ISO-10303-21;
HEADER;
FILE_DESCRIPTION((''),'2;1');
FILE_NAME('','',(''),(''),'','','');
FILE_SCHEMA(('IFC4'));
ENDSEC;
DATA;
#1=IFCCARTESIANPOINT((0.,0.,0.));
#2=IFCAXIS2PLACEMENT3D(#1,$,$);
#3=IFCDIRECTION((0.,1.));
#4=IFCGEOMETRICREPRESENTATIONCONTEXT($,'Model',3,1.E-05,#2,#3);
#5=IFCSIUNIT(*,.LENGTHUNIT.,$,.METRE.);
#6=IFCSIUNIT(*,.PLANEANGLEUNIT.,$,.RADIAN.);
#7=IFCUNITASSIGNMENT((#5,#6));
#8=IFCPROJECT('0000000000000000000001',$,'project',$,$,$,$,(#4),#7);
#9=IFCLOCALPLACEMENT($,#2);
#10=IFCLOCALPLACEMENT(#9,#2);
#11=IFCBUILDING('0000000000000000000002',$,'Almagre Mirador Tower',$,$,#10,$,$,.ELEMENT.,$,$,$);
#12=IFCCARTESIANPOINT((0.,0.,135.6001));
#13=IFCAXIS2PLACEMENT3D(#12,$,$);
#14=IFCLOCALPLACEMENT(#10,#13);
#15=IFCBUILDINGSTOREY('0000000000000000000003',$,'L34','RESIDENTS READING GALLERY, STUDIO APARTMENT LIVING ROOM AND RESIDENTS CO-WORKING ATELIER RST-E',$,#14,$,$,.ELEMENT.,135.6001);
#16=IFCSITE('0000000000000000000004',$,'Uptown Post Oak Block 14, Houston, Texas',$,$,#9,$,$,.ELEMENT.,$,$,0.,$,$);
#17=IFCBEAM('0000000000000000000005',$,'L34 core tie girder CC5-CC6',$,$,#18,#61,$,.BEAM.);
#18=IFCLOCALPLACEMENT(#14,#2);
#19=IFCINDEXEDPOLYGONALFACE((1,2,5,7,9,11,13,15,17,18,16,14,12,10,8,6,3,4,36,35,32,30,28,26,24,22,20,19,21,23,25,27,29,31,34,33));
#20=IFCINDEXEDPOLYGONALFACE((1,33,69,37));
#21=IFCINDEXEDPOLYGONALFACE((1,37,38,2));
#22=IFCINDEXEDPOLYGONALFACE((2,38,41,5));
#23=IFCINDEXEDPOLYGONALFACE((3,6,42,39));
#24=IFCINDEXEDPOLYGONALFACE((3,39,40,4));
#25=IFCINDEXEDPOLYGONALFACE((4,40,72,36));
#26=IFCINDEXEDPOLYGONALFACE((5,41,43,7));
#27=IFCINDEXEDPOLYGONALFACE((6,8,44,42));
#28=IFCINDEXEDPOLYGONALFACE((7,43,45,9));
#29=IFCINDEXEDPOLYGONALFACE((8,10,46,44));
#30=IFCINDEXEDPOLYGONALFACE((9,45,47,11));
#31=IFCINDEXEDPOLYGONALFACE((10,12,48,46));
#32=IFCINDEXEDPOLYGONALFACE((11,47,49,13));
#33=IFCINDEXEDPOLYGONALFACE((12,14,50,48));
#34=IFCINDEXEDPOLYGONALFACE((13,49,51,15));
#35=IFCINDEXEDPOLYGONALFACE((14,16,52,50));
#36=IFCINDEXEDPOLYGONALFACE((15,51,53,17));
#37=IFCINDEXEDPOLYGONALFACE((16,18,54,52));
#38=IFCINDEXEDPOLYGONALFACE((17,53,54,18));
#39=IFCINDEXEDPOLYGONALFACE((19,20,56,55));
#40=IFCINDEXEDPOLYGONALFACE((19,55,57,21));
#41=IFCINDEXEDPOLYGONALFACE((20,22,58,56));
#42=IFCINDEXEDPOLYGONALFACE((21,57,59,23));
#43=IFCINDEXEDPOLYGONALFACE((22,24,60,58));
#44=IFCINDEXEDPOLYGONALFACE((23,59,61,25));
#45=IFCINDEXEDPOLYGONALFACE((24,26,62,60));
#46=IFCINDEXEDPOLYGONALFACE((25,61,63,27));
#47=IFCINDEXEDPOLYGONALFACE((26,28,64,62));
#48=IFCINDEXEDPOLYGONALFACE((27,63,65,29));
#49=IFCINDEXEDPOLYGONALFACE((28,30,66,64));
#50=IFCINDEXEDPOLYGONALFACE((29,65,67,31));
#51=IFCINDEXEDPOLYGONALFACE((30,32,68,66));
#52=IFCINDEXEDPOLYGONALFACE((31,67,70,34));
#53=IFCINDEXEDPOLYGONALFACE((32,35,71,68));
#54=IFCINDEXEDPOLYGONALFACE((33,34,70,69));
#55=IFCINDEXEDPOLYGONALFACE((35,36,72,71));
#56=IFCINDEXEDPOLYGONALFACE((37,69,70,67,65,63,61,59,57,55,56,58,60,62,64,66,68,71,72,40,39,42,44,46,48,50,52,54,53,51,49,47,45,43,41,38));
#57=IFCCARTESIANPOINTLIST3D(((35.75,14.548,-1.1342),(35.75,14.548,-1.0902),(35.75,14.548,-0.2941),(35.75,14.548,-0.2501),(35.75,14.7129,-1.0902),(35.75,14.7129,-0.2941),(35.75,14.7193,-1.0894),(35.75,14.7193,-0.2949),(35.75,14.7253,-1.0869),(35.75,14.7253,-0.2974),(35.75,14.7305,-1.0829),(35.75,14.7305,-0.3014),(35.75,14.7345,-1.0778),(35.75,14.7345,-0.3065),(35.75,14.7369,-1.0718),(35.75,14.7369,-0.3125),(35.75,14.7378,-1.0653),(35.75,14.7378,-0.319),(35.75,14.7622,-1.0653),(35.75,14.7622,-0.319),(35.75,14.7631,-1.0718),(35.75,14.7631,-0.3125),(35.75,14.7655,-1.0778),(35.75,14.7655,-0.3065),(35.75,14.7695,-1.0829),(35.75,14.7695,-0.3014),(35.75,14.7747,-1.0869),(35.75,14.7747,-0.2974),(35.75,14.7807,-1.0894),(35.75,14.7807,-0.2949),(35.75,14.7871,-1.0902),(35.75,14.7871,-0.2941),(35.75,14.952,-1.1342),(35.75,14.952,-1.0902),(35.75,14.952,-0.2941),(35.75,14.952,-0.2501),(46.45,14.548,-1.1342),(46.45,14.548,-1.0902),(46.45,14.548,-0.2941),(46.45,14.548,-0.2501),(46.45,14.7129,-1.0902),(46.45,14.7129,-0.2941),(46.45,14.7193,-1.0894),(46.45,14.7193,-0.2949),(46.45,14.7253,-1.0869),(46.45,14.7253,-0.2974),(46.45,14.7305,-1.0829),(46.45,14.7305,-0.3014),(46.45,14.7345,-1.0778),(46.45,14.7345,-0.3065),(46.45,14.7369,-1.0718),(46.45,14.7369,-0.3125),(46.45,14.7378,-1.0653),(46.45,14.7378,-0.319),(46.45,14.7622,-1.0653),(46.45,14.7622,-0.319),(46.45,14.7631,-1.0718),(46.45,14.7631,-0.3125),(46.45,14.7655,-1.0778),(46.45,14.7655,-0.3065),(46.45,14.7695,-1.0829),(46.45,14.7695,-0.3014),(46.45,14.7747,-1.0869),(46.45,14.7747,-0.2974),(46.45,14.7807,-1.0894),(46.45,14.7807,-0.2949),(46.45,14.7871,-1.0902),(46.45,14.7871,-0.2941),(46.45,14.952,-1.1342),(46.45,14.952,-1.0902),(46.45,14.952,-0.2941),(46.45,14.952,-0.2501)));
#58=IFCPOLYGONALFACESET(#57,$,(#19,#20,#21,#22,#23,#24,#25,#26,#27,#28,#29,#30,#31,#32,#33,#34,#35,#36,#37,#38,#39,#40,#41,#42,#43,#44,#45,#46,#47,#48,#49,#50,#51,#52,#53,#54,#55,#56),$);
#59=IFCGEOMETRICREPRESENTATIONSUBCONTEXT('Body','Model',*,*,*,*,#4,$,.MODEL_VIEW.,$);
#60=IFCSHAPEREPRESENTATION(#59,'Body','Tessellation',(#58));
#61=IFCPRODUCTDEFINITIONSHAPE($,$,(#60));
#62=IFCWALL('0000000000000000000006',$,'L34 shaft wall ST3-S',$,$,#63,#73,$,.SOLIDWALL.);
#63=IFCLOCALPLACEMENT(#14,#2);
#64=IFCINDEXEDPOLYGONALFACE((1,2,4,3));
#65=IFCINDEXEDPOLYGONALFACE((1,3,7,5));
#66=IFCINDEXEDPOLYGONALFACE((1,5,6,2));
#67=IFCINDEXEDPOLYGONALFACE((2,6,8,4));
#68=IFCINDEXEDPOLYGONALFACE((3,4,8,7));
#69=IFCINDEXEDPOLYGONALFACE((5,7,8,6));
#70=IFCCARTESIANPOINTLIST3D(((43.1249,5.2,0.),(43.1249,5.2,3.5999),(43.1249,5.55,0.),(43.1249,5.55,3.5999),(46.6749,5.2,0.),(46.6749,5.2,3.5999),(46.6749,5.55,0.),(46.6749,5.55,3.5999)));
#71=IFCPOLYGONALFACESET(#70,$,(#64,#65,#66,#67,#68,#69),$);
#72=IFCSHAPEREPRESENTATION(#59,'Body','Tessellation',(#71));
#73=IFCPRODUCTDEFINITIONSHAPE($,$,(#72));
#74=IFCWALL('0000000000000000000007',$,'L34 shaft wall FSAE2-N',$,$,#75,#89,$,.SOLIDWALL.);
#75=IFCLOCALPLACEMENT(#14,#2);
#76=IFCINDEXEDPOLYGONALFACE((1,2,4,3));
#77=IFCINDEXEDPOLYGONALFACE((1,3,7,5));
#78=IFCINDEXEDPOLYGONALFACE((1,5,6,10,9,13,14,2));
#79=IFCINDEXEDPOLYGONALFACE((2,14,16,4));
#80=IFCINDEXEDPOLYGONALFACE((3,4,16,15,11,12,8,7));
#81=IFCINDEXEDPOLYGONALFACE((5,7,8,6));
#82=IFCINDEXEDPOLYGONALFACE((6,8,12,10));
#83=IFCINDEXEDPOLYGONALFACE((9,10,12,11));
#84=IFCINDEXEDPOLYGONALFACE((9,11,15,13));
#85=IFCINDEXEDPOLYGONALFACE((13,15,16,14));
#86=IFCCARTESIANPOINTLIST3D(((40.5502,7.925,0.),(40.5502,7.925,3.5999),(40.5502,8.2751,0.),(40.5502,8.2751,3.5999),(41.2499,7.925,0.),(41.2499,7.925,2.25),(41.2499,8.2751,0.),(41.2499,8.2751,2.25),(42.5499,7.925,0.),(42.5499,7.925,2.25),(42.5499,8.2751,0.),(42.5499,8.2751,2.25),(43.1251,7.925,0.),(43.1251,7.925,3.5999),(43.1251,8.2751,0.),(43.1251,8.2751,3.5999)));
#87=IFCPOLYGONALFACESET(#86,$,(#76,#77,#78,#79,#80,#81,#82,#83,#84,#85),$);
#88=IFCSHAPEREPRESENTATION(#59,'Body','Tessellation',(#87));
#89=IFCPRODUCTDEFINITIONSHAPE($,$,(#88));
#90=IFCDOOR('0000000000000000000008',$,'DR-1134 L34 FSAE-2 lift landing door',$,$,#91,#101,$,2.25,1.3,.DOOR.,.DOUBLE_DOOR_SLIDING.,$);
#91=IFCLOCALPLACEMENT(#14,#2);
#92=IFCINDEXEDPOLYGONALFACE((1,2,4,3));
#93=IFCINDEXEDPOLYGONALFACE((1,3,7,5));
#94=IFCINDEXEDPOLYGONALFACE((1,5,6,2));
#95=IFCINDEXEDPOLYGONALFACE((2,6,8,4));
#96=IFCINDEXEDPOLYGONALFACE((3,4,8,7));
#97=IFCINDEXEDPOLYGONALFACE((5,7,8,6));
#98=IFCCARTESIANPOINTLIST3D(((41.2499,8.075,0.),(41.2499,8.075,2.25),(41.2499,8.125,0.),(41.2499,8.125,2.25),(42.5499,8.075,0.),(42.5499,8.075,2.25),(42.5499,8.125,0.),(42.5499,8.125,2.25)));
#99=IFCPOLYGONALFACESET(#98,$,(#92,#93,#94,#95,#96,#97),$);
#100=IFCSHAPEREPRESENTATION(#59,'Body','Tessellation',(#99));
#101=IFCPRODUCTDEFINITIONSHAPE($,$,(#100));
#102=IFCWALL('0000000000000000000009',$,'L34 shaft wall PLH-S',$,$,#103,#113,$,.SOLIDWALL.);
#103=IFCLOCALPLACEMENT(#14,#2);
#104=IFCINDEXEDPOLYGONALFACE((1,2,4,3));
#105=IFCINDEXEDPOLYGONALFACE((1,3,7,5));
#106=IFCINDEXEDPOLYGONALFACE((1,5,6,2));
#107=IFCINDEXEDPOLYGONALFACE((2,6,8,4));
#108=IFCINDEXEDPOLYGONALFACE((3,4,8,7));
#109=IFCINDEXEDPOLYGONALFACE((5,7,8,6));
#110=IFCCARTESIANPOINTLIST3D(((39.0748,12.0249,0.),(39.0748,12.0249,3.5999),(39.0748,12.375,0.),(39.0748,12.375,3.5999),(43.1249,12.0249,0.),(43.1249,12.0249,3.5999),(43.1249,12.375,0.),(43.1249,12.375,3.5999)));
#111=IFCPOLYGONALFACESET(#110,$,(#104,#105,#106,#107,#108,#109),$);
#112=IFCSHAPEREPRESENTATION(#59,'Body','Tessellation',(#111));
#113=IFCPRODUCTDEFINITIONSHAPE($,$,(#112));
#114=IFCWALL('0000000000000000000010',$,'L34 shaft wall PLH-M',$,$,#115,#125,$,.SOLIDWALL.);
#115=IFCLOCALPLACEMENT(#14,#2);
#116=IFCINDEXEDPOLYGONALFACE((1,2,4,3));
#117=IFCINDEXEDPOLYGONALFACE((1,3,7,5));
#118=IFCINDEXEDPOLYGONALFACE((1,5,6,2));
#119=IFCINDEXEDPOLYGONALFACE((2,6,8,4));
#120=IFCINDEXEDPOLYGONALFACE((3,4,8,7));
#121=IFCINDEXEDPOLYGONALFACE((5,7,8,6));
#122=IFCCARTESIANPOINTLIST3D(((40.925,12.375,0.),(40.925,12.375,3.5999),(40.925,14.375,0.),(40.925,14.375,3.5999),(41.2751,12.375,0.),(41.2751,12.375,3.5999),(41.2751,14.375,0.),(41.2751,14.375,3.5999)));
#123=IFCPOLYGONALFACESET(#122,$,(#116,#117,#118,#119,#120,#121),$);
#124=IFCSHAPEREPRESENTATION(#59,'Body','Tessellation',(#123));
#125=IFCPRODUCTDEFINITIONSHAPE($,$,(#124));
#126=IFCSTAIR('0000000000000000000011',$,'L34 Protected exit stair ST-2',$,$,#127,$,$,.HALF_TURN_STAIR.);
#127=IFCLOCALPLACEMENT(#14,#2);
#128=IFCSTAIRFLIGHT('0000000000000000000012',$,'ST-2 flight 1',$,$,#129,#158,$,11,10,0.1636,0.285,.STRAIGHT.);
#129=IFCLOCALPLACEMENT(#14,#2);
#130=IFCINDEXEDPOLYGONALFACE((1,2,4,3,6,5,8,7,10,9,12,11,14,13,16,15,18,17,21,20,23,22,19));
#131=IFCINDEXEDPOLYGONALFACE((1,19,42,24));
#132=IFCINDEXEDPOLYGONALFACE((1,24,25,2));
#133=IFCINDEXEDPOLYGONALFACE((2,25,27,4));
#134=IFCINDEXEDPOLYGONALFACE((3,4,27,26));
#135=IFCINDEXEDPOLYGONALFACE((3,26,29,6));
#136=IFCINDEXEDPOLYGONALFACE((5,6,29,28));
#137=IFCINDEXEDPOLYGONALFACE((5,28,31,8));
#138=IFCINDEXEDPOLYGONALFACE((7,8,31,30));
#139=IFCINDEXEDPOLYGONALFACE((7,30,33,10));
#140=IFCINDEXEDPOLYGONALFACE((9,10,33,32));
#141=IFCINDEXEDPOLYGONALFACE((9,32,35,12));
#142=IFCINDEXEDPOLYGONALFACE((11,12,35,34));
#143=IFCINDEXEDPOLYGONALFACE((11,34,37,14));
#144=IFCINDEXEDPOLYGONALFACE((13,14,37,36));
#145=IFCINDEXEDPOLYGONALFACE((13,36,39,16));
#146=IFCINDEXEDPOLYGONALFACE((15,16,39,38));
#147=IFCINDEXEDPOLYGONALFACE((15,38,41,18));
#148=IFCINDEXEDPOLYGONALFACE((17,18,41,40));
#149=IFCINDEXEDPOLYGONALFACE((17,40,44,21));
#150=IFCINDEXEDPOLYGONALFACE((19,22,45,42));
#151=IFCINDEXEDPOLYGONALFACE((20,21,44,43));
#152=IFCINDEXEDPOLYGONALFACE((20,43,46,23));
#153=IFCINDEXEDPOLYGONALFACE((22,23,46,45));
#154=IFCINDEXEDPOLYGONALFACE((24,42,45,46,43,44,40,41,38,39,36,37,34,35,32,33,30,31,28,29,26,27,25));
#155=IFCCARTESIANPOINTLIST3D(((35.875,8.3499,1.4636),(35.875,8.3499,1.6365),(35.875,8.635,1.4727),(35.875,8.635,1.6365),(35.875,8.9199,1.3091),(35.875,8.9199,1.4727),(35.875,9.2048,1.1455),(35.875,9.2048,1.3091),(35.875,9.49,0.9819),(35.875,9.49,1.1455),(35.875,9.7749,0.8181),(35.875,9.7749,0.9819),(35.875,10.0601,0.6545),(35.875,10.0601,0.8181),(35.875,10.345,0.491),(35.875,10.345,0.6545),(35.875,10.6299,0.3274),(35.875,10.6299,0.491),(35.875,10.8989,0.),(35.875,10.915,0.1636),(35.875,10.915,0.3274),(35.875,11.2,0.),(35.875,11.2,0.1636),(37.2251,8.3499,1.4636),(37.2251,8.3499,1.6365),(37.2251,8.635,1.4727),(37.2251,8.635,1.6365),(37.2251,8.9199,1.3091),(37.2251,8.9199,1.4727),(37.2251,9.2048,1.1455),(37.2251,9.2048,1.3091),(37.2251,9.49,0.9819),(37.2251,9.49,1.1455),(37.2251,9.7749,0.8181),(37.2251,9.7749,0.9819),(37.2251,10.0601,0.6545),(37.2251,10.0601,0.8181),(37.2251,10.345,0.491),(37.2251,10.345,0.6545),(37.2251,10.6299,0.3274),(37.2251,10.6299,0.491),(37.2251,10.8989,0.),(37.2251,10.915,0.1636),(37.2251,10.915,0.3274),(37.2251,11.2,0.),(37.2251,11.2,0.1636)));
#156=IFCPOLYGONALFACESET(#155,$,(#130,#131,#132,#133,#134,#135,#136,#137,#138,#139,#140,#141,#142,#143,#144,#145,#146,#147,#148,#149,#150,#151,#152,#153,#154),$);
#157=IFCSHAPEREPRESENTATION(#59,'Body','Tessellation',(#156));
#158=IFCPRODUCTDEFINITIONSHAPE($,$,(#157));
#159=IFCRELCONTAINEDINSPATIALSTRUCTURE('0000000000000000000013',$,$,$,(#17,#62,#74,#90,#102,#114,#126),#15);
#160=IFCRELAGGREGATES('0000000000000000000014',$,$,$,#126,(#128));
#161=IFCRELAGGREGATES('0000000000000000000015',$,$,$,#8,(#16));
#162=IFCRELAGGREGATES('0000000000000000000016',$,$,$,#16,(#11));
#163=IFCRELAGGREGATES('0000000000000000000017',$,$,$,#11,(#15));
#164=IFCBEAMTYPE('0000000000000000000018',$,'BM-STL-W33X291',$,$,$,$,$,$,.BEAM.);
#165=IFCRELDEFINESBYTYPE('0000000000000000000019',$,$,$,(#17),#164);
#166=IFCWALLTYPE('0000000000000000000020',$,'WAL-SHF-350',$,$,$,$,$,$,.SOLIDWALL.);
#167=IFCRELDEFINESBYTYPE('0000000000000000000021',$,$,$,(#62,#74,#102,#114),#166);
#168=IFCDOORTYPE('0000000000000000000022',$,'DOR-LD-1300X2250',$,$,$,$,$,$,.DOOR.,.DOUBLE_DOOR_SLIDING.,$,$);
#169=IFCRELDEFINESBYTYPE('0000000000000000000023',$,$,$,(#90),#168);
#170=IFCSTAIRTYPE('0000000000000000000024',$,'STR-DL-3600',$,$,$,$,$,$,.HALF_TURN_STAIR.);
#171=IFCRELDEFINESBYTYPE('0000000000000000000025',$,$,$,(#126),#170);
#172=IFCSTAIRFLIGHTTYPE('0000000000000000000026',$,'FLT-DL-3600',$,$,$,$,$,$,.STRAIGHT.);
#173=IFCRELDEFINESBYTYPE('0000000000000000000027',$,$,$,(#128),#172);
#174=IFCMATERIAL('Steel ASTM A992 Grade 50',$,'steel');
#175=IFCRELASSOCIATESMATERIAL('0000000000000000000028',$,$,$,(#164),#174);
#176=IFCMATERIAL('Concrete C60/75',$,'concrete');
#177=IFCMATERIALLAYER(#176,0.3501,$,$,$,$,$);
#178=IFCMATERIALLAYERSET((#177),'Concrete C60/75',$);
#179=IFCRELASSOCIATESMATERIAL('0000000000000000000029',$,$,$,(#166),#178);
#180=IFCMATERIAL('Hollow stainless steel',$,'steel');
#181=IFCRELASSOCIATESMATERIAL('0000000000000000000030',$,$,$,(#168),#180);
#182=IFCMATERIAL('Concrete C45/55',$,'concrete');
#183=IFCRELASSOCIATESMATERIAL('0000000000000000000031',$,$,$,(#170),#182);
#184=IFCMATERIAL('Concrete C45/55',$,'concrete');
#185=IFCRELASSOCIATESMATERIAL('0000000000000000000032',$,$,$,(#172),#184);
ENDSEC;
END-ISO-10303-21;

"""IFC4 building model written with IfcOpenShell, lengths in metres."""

from ifc_helpers import new_model, si_unit, direction, frame, frame_2d, origin, origin_2d, place, context, subcontext, project, spatial, polyline, rectangle, i_section, outline, extrude, material, layer, layer_set, material_profile, profile_set, type_object, element, fill, aggregate, save


model = new_model("IFC4")

# Units and contexts
model_context = context("Model", 3, precision=1e-05, world=origin(), true_north=direction((0.0, 1.0)))
body_context = subcontext(model_context, "Body", "Model", "MODEL_VIEW")
ifc_project = project(units=[si_unit("LENGTHUNIT", "METRE"), si_unit("PLANEANGLEUNIT", "RADIAN")], contexts=[model_context])

# Site, building, storey
site_placement = place(None, origin())
site = spatial("IfcSite", under=ifc_project, at=site_placement, Name="Uptown Post Oak Block 14, Houston, Texas", CompositionType="ELEMENT", RefElevation=0.0)
building_placement = place(site_placement, origin())
building = spatial("IfcBuilding", under=site, at=building_placement, Name="Almagre Mirador Tower", CompositionType="ELEMENT")
storey_placement = place(building_placement, frame((0.0, 0.0, 135.6001)))
storey = spatial("IfcBuildingStorey", under=building, at=storey_placement, Name="L34", Description="RESIDENTS READING GALLERY, STUDIO APARTMENT LIVING ROOM AND RESIDENTS CO-WORKING ATELIER RST-E", CompositionType="ELEMENT", Elevation=135.6001)

# Beam
ifc_material_1 = material(Name="Steel ASTM A992 Grade 50", Category="steel")
ifc_material_profile = material_profile(ifc_material_1, i_section(OverallWidth=0.4041, OverallDepth=0.884, WebThickness=0.0244, FlangeThickness=0.0439, FilletRadius=0.0249, at=origin_2d()), Name="W33X291")
ifc_profile_set = profile_set([ifc_material_profile], Name="Steel ASTM A992 Grade 50")
beam_type = type_object("IfcBeamType", Name="BM-STL-W33X291", PredefinedType="BEAM", material=ifc_profile_set)
beam_placement = place(storey_placement, frame((35.75, 14.75, -0.6921), z_axis=(1.0, 0.0, 0.0), x_axis=(0.0, 1.0, 0.0)))
element("IfcBeam", 1, at=beam_placement, inside=storey, type_object=beam_type, Name="L34 core tie girder CC5-CC6", PredefinedType="BEAM", context=body_context, shape_type="SweptSolid", body=[
    extrude(i_section(OverallWidth=0.4041, OverallDepth=0.884, WebThickness=0.0244, FlangeThickness=0.0439, FilletRadius=0.0249, at=origin_2d()), origin(), (0.0, 0.0, 1.0), 10.7),
])

# Wall
ifc_material_2 = material(Name="Concrete C60/75", Category="concrete")
ifc_layer_1 = layer(ifc_material_2, 0.3501)
ifc_layer_set_1 = layer_set([ifc_layer_1], Name="Concrete C60/75")
wall_type_1 = type_object("IfcWallType", Name="WAL-SHF-350", PredefinedType="SOLIDWALL", material=ifc_layer_set_1)
wall_1_placement = place(storey_placement, frame((43.125, 5.375, 0.0), z_axis=(0.0, 0.0, 1.0), x_axis=(1.0, 0.0, 0.0)))
element("IfcWall", 2, at=wall_1_placement, inside=storey, type_object=wall_type_1, Name="L34 shaft wall ST3-S", PredefinedType="SOLIDWALL", context=body_context, shape_type="SweptSolid", body=[
    extrude(rectangle(XDim=3.55, YDim=0.3501, at=frame_2d((1.7749, 0.0))), origin(), (0.0, 0.0, 1.0), 3.5999),
])

# Wall, opening, door
wall_2_placement = place(storey_placement, frame((40.55, 8.1001, 0.0), z_axis=(0.0, 0.0, 1.0), x_axis=(1.0, 0.0, 0.0)))
wall_2 = element("IfcWall", 3, at=wall_2_placement, inside=storey, type_object=wall_type_1, Name="L34 shaft wall FSAE2-N", PredefinedType="SOLIDWALL", context=body_context, shape_type="SweptSolid", body=[
    extrude(rectangle(XDim=2.575, YDim=0.3501, at=frame_2d((1.2876, 0.0))), origin(), (0.0, 0.0, 1.0), 3.5999),
])
opening_1_placement = place(wall_2_placement, frame((0.7, 0.0, 0.0)))
opening_1 = element("IfcOpeningElement", 4, at=opening_1_placement, cuts=wall_2, PredefinedType="OPENING", context=body_context, shape_type="SweptSolid", body=[
    extrude(rectangle(XDim=1.3, YDim=2.25, at=frame_2d((0.6499, 1.125))), frame((0.0, 0.185, 0.0), z_axis=(0.0, -1.0, 0.0), x_axis=(1.0, 0.0, 0.0)), (0.0, 0.0, 1.0), 0.3701),
])
ifc_material_3 = material(Name="Hollow stainless steel", Category="steel")
door_type_1 = type_object("IfcDoorType", Name="DOR-LD-1300X2250", OperationType="DOUBLE_DOOR_SLIDING", PredefinedType="DOOR", material=ifc_material_3)
door_1_placement = place(opening_1_placement, origin())
door_1 = element("IfcDoor", 5, at=door_1_placement, inside=storey, type_object=door_type_1, Name="DR-1134 L34 FSAE-2 lift landing door", OperationType="DOUBLE_DOOR_SLIDING", OverallHeight=2.25, OverallWidth=1.3, PredefinedType="DOOR", context=body_context, shape_type="SweptSolid", body=[
    extrude(rectangle(XDim=1.3, YDim=2.25, at=frame_2d((0.6499, 1.125))), frame((0.0, 0.0249, 0.0), z_axis=(0.0, -1.0, 0.0), x_axis=(1.0, 0.0, 0.0)), (0.0, 0.0, 1.0), 0.05),
])
fill(opening_1, door_1)

# Walls
wall_3_placement = place(storey_placement, frame((39.075, 12.2, 0.0), z_axis=(0.0, 0.0, 1.0), x_axis=(1.0, 0.0, 0.0)))
element("IfcWall", 6, at=wall_3_placement, inside=storey, type_object=wall_type_1, Name="L34 shaft wall PLH-S", PredefinedType="SOLIDWALL", context=body_context, shape_type="SweptSolid", body=[
    extrude(rectangle(XDim=4.05, YDim=0.3501, at=frame_2d((2.0249, 0.0))), origin(), (0.0, 0.0, 1.0), 3.5999),
])
wall_4_placement = place(storey_placement, frame((41.1001, 12.375, 0.0), z_axis=(0.0, 0.0, 1.0), x_axis=(0.0, 1.0, 0.0)))
element("IfcWall", 7, at=wall_4_placement, inside=storey, type_object=wall_type_1, Name="L34 shaft wall PLH-M", PredefinedType="SOLIDWALL", context=body_context, shape_type="SweptSolid", body=[
    extrude(rectangle(XDim=2.0, YDim=0.3501, at=frame_2d((1.0, 0.0))), origin(), (0.0, 0.0, 1.0), 3.5999),
])

# Stair, stair flight
ifc_material_4 = material(Name="Concrete C45/55", Category="concrete")
stair_type = type_object("IfcStairType", Name="STR-DL-3600", PredefinedType="HALF_TURN_STAIR", material=ifc_material_4)
stair_1_placement = place(storey_placement, origin())
stair_1 = element("IfcStair", 8, at=stair_1_placement, inside=storey, type_object=stair_type, Name="L34 Protected exit stair ST-2", PredefinedType="HALF_TURN_STAIR")
ifc_material_5 = material(Name="Concrete C45/55", Category="concrete")
stair_flight_type = type_object("IfcStairFlightType", Name="FLT-DL-3600", PredefinedType="STRAIGHT", material=ifc_material_5)
stair_flight_1_placement = place(storey_placement, frame((36.55, 11.2, 0.0), z_axis=(0.0, 0.0, 1.0), x_axis=(0.0, -1.0, 0.0)))
stair_flight_1 = element("IfcStairFlight", 9, at=stair_flight_1_placement, type_object=stair_flight_type, Name="ST-2 flight 1", NumberOfRisers=11, NumberOfTreads=10, PredefinedType="STRAIGHT", RiserHeight=0.1636, TreadLength=0.285, context=body_context, shape_type="SweptSolid", body=[
    extrude(outline(polyline([(0.0, 0.0), (0.0, 0.1636), (0.2849, 0.1636), (0.2849, 0.3274), (0.5701, 0.3274), (0.5701, 0.491), (0.855, 0.491), (0.855, 0.6545), (1.1399, 0.6545), (1.1399, 0.8181), (1.425, 0.8181), (1.425, 0.9819), (1.71, 0.9819), (1.71, 1.1455), (1.9951, 1.1455), (1.9951, 1.3091), (2.28, 1.3091), (2.28, 1.4727), (2.5649, 1.4727), (2.5649, 1.6365), (2.8501, 1.6365), (2.8501, 1.8), (2.8501, 1.4636), (0.301, 0.0), (0.0, 0.0)])), frame((0.0, 0.675, 0.0), z_axis=(0.0, -1.0, 0.0), x_axis=(1.0, 0.0, 0.0)), (0.0, 0.0, 1.0), 1.3501),
])
aggregate(stair_1, [stair_flight_1])

save(model, "model.ifc")
